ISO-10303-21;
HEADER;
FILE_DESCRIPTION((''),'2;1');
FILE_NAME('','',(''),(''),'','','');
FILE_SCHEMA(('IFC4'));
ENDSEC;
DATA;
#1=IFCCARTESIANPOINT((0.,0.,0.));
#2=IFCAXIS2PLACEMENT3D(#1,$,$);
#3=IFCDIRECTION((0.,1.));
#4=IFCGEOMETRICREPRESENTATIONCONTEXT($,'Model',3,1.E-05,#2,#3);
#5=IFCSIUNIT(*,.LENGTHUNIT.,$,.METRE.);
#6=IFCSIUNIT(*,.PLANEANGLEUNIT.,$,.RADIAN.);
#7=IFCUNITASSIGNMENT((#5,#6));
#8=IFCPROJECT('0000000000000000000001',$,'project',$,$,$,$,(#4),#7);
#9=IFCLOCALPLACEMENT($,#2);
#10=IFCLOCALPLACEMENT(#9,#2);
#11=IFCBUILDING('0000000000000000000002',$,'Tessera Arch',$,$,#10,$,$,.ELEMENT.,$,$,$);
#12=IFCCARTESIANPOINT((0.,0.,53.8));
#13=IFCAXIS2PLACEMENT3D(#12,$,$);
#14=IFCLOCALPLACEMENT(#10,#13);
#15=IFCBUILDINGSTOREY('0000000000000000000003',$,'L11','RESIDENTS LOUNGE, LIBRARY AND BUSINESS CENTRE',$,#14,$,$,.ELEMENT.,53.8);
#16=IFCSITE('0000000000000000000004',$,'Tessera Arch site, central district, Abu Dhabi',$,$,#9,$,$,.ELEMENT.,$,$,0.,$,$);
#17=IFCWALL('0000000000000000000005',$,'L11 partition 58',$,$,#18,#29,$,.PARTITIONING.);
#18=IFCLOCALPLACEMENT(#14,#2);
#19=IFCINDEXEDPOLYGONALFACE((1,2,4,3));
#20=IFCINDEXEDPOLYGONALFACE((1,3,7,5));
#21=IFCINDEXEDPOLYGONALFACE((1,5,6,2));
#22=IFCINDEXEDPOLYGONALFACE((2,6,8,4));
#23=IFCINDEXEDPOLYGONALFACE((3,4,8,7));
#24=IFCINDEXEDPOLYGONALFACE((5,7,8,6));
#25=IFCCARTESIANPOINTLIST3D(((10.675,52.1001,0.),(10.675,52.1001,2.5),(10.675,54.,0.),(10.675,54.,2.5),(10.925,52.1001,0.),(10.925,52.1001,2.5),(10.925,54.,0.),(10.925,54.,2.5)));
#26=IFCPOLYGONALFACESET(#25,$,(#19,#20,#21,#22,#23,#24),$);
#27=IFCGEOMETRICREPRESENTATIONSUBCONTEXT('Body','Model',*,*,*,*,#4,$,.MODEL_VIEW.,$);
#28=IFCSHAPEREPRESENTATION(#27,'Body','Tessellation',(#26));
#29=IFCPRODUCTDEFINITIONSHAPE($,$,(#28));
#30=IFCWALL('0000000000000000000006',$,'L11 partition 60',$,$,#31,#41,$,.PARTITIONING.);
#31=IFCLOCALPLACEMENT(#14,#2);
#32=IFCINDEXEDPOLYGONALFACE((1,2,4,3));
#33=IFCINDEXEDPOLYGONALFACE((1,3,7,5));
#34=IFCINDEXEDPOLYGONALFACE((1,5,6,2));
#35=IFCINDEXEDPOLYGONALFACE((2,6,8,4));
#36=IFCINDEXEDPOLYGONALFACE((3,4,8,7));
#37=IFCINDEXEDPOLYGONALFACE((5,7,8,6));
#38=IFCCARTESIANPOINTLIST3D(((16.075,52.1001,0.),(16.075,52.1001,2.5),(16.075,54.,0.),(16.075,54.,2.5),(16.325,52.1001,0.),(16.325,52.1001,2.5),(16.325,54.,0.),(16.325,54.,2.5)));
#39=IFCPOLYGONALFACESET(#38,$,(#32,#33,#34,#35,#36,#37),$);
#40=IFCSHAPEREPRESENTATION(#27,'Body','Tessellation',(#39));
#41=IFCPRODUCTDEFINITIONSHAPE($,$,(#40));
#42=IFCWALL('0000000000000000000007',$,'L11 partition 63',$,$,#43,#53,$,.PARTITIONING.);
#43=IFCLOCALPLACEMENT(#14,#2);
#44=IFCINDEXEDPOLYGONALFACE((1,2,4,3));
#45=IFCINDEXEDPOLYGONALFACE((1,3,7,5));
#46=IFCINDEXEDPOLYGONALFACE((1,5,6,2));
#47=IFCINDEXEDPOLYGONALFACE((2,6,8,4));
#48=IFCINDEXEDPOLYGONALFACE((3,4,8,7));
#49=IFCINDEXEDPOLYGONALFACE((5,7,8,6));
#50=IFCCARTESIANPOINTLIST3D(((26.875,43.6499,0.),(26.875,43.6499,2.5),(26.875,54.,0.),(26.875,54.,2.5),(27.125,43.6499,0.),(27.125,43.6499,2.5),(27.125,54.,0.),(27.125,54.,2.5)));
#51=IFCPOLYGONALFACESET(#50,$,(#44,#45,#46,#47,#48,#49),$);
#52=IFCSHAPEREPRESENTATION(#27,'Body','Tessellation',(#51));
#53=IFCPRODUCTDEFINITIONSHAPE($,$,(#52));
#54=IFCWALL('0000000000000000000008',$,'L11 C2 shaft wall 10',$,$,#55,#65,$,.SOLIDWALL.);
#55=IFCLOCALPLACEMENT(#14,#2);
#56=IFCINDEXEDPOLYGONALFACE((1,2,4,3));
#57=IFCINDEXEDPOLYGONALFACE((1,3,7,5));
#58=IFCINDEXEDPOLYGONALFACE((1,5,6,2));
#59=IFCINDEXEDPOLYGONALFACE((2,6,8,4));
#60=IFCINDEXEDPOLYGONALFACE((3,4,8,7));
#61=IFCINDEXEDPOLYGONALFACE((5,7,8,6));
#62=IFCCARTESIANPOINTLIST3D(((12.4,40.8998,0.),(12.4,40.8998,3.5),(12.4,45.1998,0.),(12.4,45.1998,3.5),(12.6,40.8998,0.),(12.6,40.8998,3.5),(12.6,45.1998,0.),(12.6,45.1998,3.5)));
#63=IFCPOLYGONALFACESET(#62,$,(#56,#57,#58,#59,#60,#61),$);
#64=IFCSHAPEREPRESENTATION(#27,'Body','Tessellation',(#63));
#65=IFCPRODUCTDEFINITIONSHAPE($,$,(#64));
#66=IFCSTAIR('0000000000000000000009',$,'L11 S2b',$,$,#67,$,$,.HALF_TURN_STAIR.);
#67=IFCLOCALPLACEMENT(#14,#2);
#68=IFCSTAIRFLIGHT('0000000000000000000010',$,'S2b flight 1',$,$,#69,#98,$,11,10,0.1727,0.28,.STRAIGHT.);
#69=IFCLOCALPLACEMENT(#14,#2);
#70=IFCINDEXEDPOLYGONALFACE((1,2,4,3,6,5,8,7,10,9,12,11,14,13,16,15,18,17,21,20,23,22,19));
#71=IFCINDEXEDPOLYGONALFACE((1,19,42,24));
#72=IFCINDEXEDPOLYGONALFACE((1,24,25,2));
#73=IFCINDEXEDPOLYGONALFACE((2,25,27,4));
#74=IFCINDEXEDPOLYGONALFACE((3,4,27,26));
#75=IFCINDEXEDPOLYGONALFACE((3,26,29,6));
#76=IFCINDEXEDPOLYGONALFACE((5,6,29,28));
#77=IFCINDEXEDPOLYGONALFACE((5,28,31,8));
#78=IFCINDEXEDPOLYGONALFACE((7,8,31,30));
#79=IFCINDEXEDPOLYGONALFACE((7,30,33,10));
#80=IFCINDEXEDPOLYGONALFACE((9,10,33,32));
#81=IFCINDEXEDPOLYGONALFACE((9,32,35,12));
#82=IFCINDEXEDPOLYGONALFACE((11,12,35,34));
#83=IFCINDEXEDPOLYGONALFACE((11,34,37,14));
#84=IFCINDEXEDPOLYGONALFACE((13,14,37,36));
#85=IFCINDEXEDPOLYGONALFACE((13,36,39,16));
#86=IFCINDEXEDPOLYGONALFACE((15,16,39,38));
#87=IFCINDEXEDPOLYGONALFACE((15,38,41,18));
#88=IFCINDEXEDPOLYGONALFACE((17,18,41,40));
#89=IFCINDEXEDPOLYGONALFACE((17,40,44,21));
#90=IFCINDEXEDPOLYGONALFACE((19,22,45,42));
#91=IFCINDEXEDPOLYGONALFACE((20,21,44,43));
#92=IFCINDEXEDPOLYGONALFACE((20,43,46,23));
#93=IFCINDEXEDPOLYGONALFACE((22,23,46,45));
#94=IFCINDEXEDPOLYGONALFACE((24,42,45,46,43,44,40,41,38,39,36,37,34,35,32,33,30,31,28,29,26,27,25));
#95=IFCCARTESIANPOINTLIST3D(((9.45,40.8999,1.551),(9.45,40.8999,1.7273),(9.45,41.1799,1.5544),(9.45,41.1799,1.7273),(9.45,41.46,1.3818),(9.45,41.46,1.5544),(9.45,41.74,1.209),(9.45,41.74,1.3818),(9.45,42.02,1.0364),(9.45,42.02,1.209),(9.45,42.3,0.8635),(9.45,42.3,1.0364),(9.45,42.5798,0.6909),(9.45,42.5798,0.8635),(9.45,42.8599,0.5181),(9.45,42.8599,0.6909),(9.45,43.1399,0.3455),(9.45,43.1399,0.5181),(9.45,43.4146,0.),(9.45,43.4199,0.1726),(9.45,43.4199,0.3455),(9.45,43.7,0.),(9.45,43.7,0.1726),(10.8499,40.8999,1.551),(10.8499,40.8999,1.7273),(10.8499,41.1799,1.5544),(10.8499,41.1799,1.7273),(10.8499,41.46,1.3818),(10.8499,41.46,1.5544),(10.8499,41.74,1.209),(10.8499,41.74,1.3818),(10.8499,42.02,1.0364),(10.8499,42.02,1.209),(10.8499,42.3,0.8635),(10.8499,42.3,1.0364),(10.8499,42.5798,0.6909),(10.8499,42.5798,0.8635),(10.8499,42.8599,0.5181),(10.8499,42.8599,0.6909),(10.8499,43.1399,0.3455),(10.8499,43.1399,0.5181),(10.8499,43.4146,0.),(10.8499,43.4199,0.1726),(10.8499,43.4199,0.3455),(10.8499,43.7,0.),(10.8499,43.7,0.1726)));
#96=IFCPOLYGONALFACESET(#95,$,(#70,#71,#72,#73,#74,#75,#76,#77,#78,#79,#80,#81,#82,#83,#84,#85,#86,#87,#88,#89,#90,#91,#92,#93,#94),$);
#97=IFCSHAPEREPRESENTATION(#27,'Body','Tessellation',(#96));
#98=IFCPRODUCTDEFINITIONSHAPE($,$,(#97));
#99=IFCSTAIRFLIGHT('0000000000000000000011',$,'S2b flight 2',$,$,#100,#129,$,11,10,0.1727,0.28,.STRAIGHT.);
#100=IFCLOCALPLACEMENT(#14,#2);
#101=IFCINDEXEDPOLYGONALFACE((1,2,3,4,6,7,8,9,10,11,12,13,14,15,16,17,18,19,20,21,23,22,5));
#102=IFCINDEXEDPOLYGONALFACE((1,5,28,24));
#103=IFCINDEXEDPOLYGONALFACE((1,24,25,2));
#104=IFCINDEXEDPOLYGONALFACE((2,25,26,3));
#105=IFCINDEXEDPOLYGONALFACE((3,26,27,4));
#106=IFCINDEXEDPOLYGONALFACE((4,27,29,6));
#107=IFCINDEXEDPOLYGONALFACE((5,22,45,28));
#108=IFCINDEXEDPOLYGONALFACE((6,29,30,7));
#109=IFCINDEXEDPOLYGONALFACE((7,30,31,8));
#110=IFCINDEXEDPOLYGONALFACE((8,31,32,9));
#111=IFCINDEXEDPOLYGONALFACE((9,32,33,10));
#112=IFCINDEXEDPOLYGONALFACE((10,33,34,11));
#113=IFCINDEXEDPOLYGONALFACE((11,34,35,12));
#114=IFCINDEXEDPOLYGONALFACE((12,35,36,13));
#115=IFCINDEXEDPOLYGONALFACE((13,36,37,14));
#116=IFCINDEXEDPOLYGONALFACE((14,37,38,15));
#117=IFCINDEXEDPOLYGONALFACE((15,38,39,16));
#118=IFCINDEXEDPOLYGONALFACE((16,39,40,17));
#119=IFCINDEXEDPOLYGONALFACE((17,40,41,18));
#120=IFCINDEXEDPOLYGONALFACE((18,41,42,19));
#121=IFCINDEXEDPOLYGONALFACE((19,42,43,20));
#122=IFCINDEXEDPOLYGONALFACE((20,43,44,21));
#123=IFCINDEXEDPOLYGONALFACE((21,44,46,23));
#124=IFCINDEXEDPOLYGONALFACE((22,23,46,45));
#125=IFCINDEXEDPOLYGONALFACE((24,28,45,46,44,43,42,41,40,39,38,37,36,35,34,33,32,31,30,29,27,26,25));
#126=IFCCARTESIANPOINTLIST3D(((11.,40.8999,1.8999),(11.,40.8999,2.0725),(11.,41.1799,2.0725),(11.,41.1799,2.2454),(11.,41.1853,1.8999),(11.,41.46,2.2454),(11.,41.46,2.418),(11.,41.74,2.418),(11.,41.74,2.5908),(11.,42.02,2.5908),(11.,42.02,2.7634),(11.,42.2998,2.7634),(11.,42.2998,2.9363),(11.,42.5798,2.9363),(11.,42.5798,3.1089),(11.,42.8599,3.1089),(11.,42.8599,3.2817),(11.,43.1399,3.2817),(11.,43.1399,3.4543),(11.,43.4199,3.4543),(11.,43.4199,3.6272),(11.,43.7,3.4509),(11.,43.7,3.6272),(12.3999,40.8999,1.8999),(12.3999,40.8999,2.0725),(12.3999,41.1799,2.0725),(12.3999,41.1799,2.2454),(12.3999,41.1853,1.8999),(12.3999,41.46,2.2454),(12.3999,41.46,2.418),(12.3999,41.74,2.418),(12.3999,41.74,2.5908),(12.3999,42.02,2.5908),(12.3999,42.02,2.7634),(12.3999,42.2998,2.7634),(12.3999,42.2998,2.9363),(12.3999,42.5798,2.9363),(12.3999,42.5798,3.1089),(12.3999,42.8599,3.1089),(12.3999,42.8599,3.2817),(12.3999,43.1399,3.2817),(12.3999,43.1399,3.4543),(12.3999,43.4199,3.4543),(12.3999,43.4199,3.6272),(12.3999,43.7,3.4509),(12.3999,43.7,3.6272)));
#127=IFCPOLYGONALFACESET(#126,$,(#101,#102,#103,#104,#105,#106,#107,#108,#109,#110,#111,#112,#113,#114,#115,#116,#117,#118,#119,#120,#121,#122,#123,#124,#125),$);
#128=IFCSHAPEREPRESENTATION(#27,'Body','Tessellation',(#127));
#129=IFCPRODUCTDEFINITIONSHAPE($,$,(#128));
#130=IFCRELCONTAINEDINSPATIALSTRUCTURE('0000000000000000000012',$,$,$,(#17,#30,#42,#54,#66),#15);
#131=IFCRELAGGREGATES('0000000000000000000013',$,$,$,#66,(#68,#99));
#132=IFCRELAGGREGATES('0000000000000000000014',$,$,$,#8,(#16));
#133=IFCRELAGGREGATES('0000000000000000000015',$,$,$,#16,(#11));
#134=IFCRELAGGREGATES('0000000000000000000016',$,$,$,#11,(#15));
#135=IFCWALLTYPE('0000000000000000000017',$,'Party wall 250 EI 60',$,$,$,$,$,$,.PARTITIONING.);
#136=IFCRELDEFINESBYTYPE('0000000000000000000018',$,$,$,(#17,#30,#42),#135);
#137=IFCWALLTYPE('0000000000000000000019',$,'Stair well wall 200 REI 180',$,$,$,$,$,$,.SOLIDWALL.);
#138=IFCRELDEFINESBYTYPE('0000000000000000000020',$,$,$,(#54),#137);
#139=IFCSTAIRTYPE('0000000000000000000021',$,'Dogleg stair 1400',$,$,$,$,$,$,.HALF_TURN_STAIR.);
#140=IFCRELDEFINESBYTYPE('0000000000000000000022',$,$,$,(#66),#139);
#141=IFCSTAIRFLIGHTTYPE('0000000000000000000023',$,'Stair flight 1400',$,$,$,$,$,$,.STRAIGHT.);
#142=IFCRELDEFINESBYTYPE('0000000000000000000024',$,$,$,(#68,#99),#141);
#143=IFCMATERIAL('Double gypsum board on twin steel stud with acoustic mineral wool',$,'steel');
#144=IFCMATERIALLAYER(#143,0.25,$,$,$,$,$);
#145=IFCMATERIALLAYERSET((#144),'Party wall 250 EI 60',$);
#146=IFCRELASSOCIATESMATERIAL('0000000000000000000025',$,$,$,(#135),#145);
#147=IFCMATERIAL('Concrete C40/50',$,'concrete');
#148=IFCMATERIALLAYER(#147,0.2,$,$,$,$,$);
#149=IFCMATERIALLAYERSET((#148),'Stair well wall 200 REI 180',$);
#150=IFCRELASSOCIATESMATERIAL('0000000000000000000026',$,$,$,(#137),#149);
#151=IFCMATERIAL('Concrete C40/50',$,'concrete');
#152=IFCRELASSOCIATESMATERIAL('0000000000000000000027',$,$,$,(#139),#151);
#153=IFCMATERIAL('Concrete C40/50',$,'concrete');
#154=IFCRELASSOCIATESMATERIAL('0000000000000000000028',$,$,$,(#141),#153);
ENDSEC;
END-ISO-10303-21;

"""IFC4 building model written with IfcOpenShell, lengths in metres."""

from ifc_helpers import new_model, si_unit, direction, frame, frame_2d, origin, place, context, subcontext, project, spatial, polyline, rectangle, outline, extrude, material, layer, layer_set, type_object, element, aggregate, save


model = new_model("IFC4")

# Units and contexts
model_context = context("Model", 3, precision=1e-05, world=origin(), true_north=direction((0.0, 1.0)))
body_context = subcontext(model_context, "Body", "Model", "MODEL_VIEW")
ifc_project = project(units=[si_unit("LENGTHUNIT", "METRE"), si_unit("PLANEANGLEUNIT", "RADIAN")], contexts=[model_context])

# Site, building, storey
site_placement = place(None, origin())
site = spatial("IfcSite", under=ifc_project, at=site_placement, Name="Tessera Arch site, central district, Abu Dhabi", CompositionType="ELEMENT", RefElevation=0.0)
building_placement = place(site_placement, origin())
building = spatial("IfcBuilding", under=site, at=building_placement, Name="Tessera Arch", CompositionType="ELEMENT")
storey_placement = place(building_placement, frame((0.0, 0.0, 53.8)))
storey = spatial("IfcBuildingStorey", under=building, at=storey_placement, Name="L11", Description="RESIDENTS LOUNGE, LIBRARY AND BUSINESS CENTRE", CompositionType="ELEMENT", Elevation=53.8)

# Walls
ifc_material_1 = material(Name="Double gypsum board on twin steel stud with acoustic mineral wool", Category="steel")
ifc_layer_1 = layer(ifc_material_1, 0.25)
ifc_layer_set_1 = layer_set([ifc_layer_1], Name="Party wall 250 EI 60")
wall_type_1 = type_object("IfcWallType", Name="Party wall 250 EI 60", PredefinedType="PARTITIONING", material=ifc_layer_set_1)
for number, where, z_axis, x_axis, name in (
    (1, (10.8, 52.1001, 0.0), (0.0, 0.0, 1.0), (0.0, 1.0, 0.0), "L11 partition 58"),
    (2, (16.2, 52.1001, 0.0), (0.0, 0.0, 1.0), (0.0, 1.0, 0.0), "L11 partition 60"),
):
    element("IfcWall", number, at=place(storey_placement, frame(where, z_axis=z_axis, x_axis=x_axis)), inside=storey, type_object=wall_type_1, Name=name, PredefinedType="PARTITIONING", context=body_context, shape_type="SweptSolid", body=[
        extrude(rectangle(XDim=1.8999, YDim=0.25, at=frame_2d((0.95, 0.0))), origin(), (0.0, 0.0, 1.0), 2.5),
    ])
wall_1_placement = place(storey_placement, frame((27.0, 43.6499, 0.0), z_axis=(0.0, 0.0, 1.0), x_axis=(0.0, 1.0, 0.0)))
element("IfcWall", 3, at=wall_1_placement, inside=storey, type_object=wall_type_1, Name="L11 partition 63", PredefinedType="PARTITIONING", context=body_context, shape_type="SweptSolid", body=[
    extrude(rectangle(XDim=10.3501, YDim=0.25, at=frame_2d((5.175, 0.0))), origin(), (0.0, 0.0, 1.0), 2.5),
])
ifc_material_2 = material(Name="Concrete C40/50", Category="concrete")
ifc_layer_2 = layer(ifc_material_2, 0.2)
ifc_layer_set_2 = layer_set([ifc_layer_2], Name="Stair well wall 200 REI 180")
wall_type_2 = type_object("IfcWallType", Name="Stair well wall 200 REI 180", PredefinedType="SOLIDWALL", material=ifc_layer_set_2)
wall_2_placement = place(storey_placement, frame((12.5, 40.8999, 0.0), z_axis=(0.0, 0.0, 1.0), x_axis=(0.0, 1.0, 0.0)))
element("IfcWall", 4, at=wall_2_placement, inside=storey, type_object=wall_type_2, Name="L11 C2 shaft wall 10", PredefinedType="SOLIDWALL", context=body_context, shape_type="SweptSolid", body=[
    extrude(rectangle(XDim=4.3, YDim=0.2, at=frame_2d((2.1499, 0.0))), origin(), (0.0, 0.0, 1.0), 3.5),
])

# Stair, stair flights
ifc_material_3 = material(Name="Concrete C40/50", Category="concrete")
stair_type = type_object("IfcStairType", Name="Dogleg stair 1400", PredefinedType="HALF_TURN_STAIR", material=ifc_material_3)
stair_placement = place(storey_placement, origin())
stair = element("IfcStair", 5, at=stair_placement, inside=storey, type_object=stair_type, Name="L11 S2b", PredefinedType="HALF_TURN_STAIR")
ifc_material_4 = material(Name="Concrete C40/50", Category="concrete")
stair_flight_type = type_object("IfcStairFlightType", Name="Stair flight 1400", PredefinedType="STRAIGHT", material=ifc_material_4)
stair_flight_1_placement = place(storey_placement, frame((10.1499, 43.7, 0.0), z_axis=(0.0, 0.0, 1.0), x_axis=(0.0, -1.0, 0.0)))
stair_flight_1 = element("IfcStairFlight", 6, at=stair_flight_1_placement, type_object=stair_flight_type, Name="S2b flight 1", NumberOfRisers=11, NumberOfTreads=10, PredefinedType="STRAIGHT", RiserHeight=0.1727, TreadLength=0.28, context=body_context, shape_type="SweptSolid", body=[
    extrude(outline(polyline([(0.0, 0.0), (0.0, 0.1726), (0.28, 0.1726), (0.28, 0.3455), (0.5601, 0.3455), (0.5601, 0.5181), (0.8401, 0.5181), (0.8401, 0.6909), (1.1201, 0.6909), (1.1201, 0.8635), (1.3999, 0.8635), (1.3999, 1.0364), (1.6799, 1.0364), (1.6799, 1.209), (1.96, 1.209), (1.96, 1.3818), (2.24, 1.3818), (2.24, 1.5544), (2.52, 1.5544), (2.52, 1.7273), (2.8, 1.7273), (2.8, 1.8999), (2.8, 1.551), (0.2854, 0.0), (0.0, 0.0)])), frame((0.0, 0.7, 0.0), z_axis=(0.0, -1.0, 0.0), x_axis=(1.0, 0.0, 0.0)), (0.0, 0.0, 1.0), 1.3999),
])
stair_flight_2_placement = place(storey_placement, frame((11.7, 40.8999, 1.8999), z_axis=(0.0, 0.0, 1.0), x_axis=(0.0, 1.0, 0.0)))
stair_flight_2 = element("IfcStairFlight", 7, at=stair_flight_2_placement, type_object=stair_flight_type, Name="S2b flight 2", NumberOfRisers=11, NumberOfTreads=10, PredefinedType="STRAIGHT", RiserHeight=0.1727, TreadLength=0.28, context=body_context, shape_type="SweptSolid", body=[
    extrude(outline(polyline([(0.0, 0.0), (0.0, 0.1726), (0.28, 0.1726), (0.28, 0.3455), (0.5601, 0.3455), (0.5601, 0.5181), (0.8401, 0.5181), (0.8401, 0.6909), (1.1201, 0.6909), (1.1201, 0.8635), (1.3999, 0.8635), (1.3999, 1.0364), (1.6799, 1.0364), (1.6799, 1.209), (1.96, 1.209), (1.96, 1.3818), (2.24, 1.3818), (2.24, 1.5544), (2.52, 1.5544), (2.52, 1.7273), (2.8, 1.7273), (2.8, 1.8999), (2.8, 1.551), (0.2854, 0.0), (0.0, 0.0)])), frame((0.0, 0.7, 0.0), z_axis=(0.0, -1.0, 0.0), x_axis=(1.0, 0.0, 0.0)), (0.0, 0.0, 1.0), 1.3999),
])
aggregate(stair, [stair_flight_1, stair_flight_2])

save(model, "model.ifc")
